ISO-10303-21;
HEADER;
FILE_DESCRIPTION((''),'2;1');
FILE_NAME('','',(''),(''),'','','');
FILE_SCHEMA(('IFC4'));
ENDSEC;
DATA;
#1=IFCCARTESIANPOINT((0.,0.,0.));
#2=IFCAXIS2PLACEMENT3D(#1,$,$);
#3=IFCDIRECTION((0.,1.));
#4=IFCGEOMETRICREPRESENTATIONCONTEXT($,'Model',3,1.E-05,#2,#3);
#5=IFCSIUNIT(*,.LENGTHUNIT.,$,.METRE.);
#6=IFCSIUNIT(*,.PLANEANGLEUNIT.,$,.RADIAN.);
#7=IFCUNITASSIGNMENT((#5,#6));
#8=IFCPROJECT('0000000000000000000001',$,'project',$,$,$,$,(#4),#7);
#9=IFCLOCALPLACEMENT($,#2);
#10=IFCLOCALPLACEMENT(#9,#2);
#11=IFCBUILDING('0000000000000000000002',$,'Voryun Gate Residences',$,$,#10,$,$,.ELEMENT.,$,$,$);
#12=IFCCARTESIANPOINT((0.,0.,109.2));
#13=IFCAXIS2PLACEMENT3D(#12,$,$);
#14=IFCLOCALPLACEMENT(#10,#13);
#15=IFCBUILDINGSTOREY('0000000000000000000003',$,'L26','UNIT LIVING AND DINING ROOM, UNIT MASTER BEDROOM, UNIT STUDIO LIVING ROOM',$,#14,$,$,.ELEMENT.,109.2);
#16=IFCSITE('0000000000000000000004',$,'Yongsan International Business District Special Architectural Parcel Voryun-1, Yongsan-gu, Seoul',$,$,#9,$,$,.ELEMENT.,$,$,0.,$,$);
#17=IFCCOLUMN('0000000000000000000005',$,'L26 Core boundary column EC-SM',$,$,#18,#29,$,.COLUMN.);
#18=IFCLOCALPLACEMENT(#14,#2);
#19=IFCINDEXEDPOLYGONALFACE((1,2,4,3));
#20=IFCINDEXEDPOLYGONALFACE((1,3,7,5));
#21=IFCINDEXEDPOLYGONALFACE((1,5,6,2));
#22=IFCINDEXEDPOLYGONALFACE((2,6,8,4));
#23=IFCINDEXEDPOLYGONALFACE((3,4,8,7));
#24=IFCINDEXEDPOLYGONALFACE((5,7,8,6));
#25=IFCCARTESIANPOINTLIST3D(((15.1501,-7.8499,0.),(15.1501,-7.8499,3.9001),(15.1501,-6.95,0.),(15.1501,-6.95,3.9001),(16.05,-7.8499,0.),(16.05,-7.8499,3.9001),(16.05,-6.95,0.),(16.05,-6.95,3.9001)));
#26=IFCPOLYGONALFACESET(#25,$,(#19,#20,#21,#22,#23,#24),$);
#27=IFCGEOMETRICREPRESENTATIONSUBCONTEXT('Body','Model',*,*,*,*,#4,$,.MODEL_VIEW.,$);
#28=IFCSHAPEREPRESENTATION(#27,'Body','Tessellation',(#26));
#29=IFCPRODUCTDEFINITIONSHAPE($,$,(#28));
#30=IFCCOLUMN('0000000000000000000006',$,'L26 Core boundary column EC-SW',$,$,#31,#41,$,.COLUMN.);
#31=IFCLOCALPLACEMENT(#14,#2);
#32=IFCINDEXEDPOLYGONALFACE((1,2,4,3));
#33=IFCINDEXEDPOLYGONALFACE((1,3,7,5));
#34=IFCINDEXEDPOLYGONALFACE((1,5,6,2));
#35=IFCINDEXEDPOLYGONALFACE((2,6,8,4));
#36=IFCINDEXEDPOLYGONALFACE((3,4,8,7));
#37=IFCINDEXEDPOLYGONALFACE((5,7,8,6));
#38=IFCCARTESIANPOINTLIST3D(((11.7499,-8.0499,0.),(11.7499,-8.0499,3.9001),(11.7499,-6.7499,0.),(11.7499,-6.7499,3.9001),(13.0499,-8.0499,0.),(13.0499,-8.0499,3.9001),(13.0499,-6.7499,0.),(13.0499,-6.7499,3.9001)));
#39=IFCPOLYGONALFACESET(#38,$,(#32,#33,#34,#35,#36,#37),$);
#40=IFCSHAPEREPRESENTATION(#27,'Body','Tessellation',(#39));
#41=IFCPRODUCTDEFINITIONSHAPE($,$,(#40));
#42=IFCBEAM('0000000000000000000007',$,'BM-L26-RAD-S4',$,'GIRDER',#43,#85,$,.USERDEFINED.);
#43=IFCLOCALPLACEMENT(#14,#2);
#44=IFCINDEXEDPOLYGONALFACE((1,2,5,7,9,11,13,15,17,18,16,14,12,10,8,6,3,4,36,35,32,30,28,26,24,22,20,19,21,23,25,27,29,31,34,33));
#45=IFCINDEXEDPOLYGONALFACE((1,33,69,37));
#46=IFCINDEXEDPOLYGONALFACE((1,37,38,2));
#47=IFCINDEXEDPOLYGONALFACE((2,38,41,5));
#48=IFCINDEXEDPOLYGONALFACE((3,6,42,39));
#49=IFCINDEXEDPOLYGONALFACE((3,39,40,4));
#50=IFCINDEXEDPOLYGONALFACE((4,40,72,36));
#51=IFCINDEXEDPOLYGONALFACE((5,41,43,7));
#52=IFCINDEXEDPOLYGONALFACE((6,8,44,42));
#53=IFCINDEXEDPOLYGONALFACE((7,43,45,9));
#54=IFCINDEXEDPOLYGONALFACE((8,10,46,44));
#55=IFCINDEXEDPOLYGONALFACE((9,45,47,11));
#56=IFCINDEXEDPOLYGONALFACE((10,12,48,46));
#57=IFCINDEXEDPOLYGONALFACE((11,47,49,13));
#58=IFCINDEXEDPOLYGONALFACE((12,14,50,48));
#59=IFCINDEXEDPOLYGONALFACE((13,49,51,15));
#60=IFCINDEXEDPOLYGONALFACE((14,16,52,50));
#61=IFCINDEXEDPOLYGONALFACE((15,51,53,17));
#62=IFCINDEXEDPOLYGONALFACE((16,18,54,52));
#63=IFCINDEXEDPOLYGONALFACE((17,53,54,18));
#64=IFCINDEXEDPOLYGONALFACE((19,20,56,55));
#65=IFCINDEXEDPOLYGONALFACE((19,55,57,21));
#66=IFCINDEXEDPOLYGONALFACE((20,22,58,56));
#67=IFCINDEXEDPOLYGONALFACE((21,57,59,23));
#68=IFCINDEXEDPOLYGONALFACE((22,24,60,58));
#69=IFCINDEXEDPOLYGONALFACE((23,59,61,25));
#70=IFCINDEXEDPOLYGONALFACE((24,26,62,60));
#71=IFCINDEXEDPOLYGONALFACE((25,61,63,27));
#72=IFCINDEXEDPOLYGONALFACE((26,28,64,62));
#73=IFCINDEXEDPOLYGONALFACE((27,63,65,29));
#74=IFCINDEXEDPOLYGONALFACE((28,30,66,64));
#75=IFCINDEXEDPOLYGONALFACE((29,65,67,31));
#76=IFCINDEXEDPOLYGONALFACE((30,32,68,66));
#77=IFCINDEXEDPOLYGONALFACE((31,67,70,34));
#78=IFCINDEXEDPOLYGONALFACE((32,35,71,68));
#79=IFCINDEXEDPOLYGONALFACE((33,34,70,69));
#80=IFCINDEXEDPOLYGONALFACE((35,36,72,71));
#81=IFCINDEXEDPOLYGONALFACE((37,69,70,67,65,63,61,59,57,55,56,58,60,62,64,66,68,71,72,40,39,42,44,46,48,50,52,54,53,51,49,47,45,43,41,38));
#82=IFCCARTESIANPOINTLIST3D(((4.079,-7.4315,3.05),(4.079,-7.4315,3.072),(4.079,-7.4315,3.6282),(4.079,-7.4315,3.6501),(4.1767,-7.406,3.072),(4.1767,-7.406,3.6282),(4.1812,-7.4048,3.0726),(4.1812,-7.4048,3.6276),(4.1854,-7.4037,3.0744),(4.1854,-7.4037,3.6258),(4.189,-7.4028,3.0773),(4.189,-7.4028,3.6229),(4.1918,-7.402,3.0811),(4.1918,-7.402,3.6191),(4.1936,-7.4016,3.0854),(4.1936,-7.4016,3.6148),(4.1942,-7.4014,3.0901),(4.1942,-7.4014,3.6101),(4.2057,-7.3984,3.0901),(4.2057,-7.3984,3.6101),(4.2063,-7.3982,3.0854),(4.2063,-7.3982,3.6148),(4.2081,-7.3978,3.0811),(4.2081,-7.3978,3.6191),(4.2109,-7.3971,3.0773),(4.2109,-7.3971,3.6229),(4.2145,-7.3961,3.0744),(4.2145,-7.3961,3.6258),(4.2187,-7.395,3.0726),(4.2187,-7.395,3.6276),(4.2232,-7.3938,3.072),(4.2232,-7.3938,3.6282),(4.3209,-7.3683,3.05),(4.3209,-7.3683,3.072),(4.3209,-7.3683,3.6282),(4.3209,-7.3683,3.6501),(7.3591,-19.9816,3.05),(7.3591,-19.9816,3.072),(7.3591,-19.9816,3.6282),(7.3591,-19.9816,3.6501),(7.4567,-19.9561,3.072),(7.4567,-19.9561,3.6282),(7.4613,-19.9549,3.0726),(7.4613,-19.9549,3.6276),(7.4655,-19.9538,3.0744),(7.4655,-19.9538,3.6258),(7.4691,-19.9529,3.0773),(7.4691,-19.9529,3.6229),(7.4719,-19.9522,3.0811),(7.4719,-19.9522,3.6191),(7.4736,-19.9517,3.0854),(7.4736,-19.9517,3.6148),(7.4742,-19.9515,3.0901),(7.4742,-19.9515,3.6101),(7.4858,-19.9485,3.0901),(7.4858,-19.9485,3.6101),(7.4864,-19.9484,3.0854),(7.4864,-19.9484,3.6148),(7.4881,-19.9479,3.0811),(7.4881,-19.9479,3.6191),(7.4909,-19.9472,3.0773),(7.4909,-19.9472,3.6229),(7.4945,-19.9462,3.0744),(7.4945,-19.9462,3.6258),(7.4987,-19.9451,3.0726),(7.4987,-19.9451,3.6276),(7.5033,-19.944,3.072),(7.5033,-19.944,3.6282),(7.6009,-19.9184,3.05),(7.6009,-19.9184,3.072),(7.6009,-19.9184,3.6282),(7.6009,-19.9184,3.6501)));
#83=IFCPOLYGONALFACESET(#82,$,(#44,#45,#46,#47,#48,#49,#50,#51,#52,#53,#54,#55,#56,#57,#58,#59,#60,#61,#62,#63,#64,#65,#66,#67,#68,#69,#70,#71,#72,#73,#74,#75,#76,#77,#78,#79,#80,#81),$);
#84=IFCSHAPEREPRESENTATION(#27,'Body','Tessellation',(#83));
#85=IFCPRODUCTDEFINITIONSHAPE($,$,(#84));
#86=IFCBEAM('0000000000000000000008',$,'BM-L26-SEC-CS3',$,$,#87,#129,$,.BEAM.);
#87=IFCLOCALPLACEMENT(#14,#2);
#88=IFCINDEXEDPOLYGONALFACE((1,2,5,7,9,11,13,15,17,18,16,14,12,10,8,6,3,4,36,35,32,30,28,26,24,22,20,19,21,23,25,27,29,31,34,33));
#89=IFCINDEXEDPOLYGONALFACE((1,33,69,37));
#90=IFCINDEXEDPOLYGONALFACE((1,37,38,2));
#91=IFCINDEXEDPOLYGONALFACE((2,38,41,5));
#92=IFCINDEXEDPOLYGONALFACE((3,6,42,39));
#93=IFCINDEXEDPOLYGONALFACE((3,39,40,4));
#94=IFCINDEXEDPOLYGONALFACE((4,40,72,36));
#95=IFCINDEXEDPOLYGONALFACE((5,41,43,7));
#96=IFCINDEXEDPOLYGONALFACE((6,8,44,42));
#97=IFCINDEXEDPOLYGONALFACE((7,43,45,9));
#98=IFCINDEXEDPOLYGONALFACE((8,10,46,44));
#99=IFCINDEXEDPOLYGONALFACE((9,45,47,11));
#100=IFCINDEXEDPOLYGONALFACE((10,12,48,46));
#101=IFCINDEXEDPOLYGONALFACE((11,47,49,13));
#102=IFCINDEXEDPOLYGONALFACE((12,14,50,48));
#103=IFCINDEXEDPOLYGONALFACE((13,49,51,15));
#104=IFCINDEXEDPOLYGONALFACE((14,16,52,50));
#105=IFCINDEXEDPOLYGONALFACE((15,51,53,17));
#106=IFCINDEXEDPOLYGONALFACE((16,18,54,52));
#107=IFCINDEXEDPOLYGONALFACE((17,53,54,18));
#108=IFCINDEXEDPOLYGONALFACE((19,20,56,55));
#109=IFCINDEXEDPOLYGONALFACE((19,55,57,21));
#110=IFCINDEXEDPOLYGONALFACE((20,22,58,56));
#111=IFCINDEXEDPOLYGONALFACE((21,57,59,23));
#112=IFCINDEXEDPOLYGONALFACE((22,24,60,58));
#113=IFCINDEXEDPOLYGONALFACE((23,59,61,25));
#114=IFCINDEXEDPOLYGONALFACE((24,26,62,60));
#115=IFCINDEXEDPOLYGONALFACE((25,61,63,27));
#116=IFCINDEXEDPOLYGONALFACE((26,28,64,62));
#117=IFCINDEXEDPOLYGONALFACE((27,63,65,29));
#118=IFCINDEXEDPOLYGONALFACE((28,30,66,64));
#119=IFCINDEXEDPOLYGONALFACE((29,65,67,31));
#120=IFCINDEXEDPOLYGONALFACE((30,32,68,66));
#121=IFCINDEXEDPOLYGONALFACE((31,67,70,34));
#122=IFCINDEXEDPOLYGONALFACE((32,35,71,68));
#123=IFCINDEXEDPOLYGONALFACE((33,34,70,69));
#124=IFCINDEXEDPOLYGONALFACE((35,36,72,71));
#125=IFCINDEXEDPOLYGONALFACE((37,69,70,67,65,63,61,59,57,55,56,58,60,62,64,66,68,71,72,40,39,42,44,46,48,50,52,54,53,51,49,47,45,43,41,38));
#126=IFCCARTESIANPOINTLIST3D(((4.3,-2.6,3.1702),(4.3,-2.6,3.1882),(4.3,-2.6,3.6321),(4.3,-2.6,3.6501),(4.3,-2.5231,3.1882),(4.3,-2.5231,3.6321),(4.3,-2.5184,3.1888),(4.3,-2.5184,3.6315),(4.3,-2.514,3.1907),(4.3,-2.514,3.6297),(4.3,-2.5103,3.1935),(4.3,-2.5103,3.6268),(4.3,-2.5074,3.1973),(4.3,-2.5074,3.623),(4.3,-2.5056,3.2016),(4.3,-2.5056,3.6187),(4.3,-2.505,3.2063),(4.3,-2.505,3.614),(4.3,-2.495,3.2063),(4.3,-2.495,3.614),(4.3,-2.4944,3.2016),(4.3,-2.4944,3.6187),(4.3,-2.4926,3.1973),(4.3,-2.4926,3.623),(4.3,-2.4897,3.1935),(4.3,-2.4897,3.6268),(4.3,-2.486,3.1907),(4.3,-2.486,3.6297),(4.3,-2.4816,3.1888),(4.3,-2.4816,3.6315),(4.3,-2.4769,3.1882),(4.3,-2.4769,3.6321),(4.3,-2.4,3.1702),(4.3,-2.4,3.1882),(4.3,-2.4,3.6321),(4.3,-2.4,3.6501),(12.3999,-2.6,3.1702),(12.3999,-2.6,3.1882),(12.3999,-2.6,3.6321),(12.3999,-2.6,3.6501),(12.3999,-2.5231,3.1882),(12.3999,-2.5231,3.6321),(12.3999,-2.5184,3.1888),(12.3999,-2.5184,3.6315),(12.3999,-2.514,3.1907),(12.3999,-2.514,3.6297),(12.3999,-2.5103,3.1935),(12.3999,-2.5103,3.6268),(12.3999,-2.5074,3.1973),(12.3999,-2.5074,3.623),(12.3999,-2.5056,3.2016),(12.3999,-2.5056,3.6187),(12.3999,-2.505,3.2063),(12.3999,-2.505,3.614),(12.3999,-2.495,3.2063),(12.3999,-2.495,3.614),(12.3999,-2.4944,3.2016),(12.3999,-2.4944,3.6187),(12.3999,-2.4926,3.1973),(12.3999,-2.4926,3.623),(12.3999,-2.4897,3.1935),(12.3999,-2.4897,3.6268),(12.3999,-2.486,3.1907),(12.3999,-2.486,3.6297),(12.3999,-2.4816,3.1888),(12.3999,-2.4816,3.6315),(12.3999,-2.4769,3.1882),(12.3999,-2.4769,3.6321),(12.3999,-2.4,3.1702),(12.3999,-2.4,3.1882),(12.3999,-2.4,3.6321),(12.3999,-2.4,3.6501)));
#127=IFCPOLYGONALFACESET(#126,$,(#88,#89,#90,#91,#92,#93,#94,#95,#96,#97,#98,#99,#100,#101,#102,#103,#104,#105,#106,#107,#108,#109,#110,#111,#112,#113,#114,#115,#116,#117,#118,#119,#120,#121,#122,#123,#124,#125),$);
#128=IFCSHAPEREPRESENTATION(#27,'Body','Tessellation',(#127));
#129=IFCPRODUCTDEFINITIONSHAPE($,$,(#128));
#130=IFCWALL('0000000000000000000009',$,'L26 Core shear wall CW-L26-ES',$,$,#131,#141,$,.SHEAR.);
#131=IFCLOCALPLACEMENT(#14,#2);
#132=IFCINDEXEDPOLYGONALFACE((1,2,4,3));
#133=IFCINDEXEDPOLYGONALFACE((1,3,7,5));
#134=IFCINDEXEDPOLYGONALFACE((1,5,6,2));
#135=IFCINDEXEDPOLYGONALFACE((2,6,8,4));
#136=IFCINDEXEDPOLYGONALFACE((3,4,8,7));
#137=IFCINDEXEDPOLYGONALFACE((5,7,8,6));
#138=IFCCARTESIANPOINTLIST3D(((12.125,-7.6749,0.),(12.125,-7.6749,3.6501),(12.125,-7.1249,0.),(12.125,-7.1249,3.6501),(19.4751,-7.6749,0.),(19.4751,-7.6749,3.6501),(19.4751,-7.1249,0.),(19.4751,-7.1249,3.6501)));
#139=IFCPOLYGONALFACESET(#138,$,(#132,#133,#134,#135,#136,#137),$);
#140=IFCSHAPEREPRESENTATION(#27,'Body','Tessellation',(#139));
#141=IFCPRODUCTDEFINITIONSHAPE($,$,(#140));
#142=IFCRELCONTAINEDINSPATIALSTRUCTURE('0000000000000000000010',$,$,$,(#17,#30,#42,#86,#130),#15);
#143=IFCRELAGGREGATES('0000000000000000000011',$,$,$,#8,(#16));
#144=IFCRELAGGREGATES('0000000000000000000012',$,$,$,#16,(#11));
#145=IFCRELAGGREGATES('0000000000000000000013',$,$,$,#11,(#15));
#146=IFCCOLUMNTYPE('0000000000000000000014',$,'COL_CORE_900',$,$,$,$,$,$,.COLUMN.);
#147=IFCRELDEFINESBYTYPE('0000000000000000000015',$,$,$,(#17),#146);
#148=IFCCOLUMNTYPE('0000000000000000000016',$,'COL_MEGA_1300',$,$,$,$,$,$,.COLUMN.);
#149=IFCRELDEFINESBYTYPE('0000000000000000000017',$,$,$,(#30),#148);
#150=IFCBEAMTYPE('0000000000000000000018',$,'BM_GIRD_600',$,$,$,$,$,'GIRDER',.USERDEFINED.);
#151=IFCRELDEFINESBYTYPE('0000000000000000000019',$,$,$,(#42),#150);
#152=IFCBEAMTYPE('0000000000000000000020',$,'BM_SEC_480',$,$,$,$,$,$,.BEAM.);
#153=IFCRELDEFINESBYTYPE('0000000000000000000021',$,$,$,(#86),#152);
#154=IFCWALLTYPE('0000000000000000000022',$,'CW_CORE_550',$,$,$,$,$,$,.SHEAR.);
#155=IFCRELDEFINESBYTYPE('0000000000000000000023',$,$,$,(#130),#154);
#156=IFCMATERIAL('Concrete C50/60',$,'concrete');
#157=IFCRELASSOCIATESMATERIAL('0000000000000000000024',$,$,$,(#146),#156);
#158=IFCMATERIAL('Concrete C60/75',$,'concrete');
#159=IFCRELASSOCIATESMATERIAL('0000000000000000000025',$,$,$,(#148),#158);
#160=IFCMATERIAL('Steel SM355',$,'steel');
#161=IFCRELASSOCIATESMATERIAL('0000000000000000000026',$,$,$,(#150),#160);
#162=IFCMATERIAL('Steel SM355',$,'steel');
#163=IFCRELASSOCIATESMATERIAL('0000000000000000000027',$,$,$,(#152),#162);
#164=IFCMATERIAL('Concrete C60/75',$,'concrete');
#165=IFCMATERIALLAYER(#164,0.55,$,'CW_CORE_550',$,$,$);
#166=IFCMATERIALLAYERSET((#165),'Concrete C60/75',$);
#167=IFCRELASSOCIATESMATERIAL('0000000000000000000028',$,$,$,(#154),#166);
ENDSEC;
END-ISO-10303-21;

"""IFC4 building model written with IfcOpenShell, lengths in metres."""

from ifc_helpers import new_model, si_unit, direction, frame, frame_2d, origin, origin_2d, place, context, subcontext, project, spatial, rectangle, i_section, extrude, material, layer, layer_set, material_profile, profile_set, type_object, element, save


model = new_model("IFC4")

# Units and contexts
model_context = context("Model", 3, precision=1e-05, world=origin(), true_north=direction((0.0, 1.0)))
body_context = subcontext(model_context, "Body", "Model", "MODEL_VIEW")
ifc_project = project(units=[si_unit("LENGTHUNIT", "METRE"), si_unit("PLANEANGLEUNIT", "RADIAN")], contexts=[model_context])

# Site, building, storey
site_placement = place(None, origin())
site = spatial("IfcSite", under=ifc_project, at=site_placement, Name="Yongsan International Business District Special Architectural Parcel Voryun-1, Yongsan-gu, Seoul", CompositionType="ELEMENT", RefElevation=0.0)
building_placement = place(site_placement, origin())
building = spatial("IfcBuilding", under=site, at=building_placement, Name="Voryun Gate Residences", CompositionType="ELEMENT")
storey_placement = place(building_placement, frame((0.0, 0.0, 109.2)))
storey = spatial("IfcBuildingStorey", under=building, at=storey_placement, Name="L26", Description="UNIT LIVING AND DINING ROOM, UNIT MASTER BEDROOM, UNIT STUDIO LIVING ROOM", CompositionType="ELEMENT", Elevation=109.2)

# Columns
ifc_material_1 = material(Name="Concrete C50/60", Category="concrete")
ifc_material_profile_1 = material_profile(ifc_material_1, rectangle(XDim=0.8999, YDim=0.8999, at=origin_2d()), Name="RC-900x900")
ifc_profile_set_1 = profile_set([ifc_material_profile_1], Name="Concrete C50/60")
column_type_1 = type_object("IfcColumnType", Name="COL_CORE_900", PredefinedType="COLUMN", material=ifc_profile_set_1)
column_1_placement = place(storey_placement, frame((15.6001, -7.3999, 0.0), z_axis=(0.0, 0.0, 1.0), x_axis=(1.0, 0.0, 0.0)))
element("IfcColumn", 1, at=column_1_placement, inside=storey, type_object=column_type_1, Name="L26 Core boundary column EC-SM", PredefinedType="COLUMN", context=body_context, shape_type="SweptSolid", body=[
    extrude(rectangle(XDim=0.8999, YDim=0.8999, at=origin_2d()), origin(), (0.0, 0.0, 1.0), 3.9001),
])
ifc_material_2 = material(Name="Concrete C60/75", Category="concrete")
ifc_material_profile_2 = material_profile(ifc_material_2, rectangle(XDim=1.3, YDim=1.3, at=origin_2d()), Name="RC-1300x1300")
ifc_profile_set_2 = profile_set([ifc_material_profile_2], Name="Concrete C60/75")
column_type_2 = type_object("IfcColumnType", Name="COL_MEGA_1300", PredefinedType="COLUMN", material=ifc_profile_set_2)
column_2_placement = place(storey_placement, frame((12.3999, -7.3999, 0.0), z_axis=(0.0, 0.0, 1.0), x_axis=(1.0, 0.0, 0.0)))
element("IfcColumn", 2, at=column_2_placement, inside=storey, type_object=column_type_2, Name="L26 Core boundary column EC-SW", PredefinedType="COLUMN", context=body_context, shape_type="SweptSolid", body=[
    extrude(rectangle(XDim=1.3, YDim=1.3, at=origin_2d()), origin(), (0.0, 0.0, 1.0), 3.9001),
])

# Beams
ifc_material_3 = material(Name="Steel SM355", Category="steel")
ifc_material_profile_3 = material_profile(ifc_material_3, i_section(OverallWidth=0.25, OverallDepth=0.6001, WebThickness=0.012, FlangeThickness=0.022, FilletRadius=0.0181, at=origin_2d()), Name="H-600x250x12x22")
ifc_profile_set_3 = profile_set([ifc_material_profile_3], Name="Steel SM355")
beam_type_1 = type_object("IfcBeamType", Name="BM_GIRD_600", ElementType="GIRDER", PredefinedType="USERDEFINED", material=ifc_profile_set_3)
beam_1_placement = place(storey_placement, frame((4.2, -7.3999, 3.3501), z_axis=(0.252862, -0.967502, 0.0), x_axis=(0.967502, 0.252862, 0.0)))
element("IfcBeam", 3, at=beam_1_placement, inside=storey, type_object=beam_type_1, Name="BM-L26-RAD-S4", ObjectType="GIRDER", PredefinedType="USERDEFINED", context=body_context, shape_type="SweptSolid", body=[
    extrude(i_section(OverallWidth=0.25, OverallDepth=0.6001, WebThickness=0.012, FlangeThickness=0.022, FilletRadius=0.0181, at=origin_2d()), origin(), (0.0, 0.0, 1.0), 12.9717),
])
ifc_material_4 = material(Name="Steel SM355", Category="steel")
ifc_material_profile_4 = material_profile(ifc_material_4, i_section(OverallWidth=0.2, OverallDepth=0.48, WebThickness=0.01, FlangeThickness=0.0181, FilletRadius=0.0181, at=origin_2d()), Name="H-480x200x10x18")
ifc_profile_set_4 = profile_set([ifc_material_profile_4], Name="Steel SM355")
beam_type_2 = type_object("IfcBeamType", Name="BM_SEC_480", PredefinedType="BEAM", material=ifc_profile_set_4)
beam_2_placement = place(storey_placement, frame((4.3, -2.5, 3.4102), z_axis=(1.0, 0.0, 0.0), x_axis=(0.0, 1.0, 0.0)))
element("IfcBeam", 4, at=beam_2_placement, inside=storey, type_object=beam_type_2, Name="BM-L26-SEC-CS3", PredefinedType="BEAM", context=body_context, shape_type="SweptSolid", body=[
    extrude(i_section(OverallWidth=0.2, OverallDepth=0.48, WebThickness=0.01, FlangeThickness=0.0181, FilletRadius=0.0181, at=origin_2d()), origin(), (0.0, 0.0, 1.0), 8.0999),
])

# Wall
ifc_material_5 = material(Name="Concrete C60/75", Category="concrete")
ifc_layer_1 = layer(ifc_material_5, 0.55, Name="CW_CORE_550")
ifc_layer_set_1 = layer_set([ifc_layer_1], Name="Concrete C60/75")
wall_type_1 = type_object("IfcWallType", Name="CW_CORE_550", PredefinedType="SHEAR", material=ifc_layer_set_1)
wall_1_placement = place(storey_placement, frame((12.125, -7.3999, 0.0), z_axis=(0.0, 0.0, 1.0), x_axis=(1.0, 0.0, 0.0)))
element("IfcWall", 5, at=wall_1_placement, inside=storey, type_object=wall_type_1, Name="L26 Core shear wall CW-L26-ES", PredefinedType="SHEAR", context=body_context, shape_type="SweptSolid", body=[
    extrude(rectangle(XDim=7.3501, YDim=0.55, at=frame_2d((3.675, 0.0))), origin(), (0.0, 0.0, 1.0), 3.6501),
])

save(model, "model.ifc")
